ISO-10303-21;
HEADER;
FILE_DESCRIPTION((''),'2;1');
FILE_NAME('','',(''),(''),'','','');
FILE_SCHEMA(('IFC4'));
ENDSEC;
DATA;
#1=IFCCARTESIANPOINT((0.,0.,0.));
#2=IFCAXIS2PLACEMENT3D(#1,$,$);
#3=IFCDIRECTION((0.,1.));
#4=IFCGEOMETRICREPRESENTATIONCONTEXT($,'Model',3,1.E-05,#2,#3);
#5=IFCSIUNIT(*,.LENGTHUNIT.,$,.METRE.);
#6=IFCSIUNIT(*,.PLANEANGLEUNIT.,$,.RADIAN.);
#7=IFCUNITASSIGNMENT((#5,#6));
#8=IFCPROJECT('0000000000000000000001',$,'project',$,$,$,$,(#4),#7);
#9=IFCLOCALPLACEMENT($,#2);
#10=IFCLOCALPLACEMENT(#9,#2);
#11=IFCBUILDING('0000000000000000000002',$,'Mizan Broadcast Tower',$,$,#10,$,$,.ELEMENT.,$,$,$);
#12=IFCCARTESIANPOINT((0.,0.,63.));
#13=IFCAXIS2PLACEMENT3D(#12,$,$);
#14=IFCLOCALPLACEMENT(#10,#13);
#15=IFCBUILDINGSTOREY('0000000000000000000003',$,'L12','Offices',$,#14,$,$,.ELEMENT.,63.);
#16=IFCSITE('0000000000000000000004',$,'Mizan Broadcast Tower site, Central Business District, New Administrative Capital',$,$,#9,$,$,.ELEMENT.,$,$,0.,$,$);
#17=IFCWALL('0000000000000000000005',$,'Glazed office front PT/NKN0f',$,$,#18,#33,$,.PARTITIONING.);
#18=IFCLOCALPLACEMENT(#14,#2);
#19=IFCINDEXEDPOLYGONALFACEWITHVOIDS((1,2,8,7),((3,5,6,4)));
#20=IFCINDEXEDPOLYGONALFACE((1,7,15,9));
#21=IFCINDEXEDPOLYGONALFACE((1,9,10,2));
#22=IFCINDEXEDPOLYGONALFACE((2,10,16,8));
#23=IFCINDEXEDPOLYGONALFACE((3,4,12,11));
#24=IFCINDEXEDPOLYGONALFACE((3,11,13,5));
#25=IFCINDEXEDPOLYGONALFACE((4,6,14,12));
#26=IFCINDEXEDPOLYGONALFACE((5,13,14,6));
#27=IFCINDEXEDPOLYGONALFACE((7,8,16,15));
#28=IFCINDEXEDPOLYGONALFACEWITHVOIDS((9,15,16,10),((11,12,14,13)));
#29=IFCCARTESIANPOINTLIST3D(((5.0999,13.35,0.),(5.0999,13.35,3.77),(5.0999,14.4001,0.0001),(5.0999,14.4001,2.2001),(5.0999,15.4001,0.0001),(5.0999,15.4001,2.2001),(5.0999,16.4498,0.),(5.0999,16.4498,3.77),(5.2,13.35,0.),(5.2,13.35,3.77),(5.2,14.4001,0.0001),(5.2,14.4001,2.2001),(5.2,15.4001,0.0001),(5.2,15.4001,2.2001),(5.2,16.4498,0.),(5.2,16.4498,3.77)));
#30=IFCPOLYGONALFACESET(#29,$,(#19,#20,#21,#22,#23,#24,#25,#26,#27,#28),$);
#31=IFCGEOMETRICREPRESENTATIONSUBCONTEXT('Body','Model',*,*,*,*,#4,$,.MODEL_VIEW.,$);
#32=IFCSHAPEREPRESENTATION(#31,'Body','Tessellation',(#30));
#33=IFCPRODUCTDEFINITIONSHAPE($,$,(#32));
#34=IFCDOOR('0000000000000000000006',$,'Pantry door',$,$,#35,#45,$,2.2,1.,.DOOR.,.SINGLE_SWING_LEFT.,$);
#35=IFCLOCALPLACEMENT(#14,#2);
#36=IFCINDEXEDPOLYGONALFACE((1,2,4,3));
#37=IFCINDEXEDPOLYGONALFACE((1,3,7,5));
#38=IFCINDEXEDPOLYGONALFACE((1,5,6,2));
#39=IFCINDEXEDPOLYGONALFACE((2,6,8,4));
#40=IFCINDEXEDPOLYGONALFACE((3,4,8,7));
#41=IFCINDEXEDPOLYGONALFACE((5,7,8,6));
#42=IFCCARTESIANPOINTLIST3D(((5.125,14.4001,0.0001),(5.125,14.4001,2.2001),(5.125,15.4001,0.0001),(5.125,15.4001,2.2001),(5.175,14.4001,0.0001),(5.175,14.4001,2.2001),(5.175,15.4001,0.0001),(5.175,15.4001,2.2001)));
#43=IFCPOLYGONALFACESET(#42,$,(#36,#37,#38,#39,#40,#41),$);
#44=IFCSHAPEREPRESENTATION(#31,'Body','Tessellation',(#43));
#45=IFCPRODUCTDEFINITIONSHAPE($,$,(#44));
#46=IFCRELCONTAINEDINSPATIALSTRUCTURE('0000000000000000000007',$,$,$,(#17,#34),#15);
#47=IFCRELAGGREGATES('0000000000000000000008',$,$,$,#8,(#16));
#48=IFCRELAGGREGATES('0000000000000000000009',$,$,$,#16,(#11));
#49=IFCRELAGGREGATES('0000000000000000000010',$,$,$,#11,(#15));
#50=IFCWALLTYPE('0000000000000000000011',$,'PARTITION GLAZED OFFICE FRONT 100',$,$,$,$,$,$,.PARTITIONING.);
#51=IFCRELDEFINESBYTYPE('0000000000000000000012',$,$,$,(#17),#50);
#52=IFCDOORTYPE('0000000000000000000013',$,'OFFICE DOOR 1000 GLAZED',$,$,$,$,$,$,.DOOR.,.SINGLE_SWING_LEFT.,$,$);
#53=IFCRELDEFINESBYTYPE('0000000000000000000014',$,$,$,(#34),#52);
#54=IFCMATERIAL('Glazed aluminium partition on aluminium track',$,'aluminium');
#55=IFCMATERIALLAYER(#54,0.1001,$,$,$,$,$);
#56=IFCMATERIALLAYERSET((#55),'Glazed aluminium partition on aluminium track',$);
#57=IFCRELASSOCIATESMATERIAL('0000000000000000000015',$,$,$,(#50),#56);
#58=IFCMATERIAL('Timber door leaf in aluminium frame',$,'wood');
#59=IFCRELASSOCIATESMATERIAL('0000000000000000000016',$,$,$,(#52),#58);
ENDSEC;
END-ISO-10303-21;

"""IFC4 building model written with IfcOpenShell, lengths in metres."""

from ifc_helpers import new_model, si_unit, direction, frame, frame_2d, origin, place, context, subcontext, project, spatial, rectangle, extrude, material, layer, layer_set, type_object, element, fill, save


model = new_model("IFC4")

# Units and contexts
model_context = context("Model", 3, precision=1e-05, world=origin(), true_north=direction((0.0, 1.0)))
body_context = subcontext(model_context, "Body", "Model", "MODEL_VIEW")
ifc_project = project(units=[si_unit("LENGTHUNIT", "METRE"), si_unit("PLANEANGLEUNIT", "RADIAN")], contexts=[model_context])

# Site, building, storey
site_placement = place(None, origin())
site = spatial("IfcSite", under=ifc_project, at=site_placement, Name="Mizan Broadcast Tower site, Central Business District, New Administrative Capital", CompositionType="ELEMENT", RefElevation=0.0)
building_placement = place(site_placement, origin())
building = spatial("IfcBuilding", under=site, at=building_placement, Name="Mizan Broadcast Tower", CompositionType="ELEMENT")
storey_placement = place(building_placement, frame((0.0, 0.0, 63.0)))
storey = spatial("IfcBuildingStorey", under=building, at=storey_placement, Name="L12", Description="Offices", CompositionType="ELEMENT", Elevation=63.0)

# Shared definitions
ifc_material_1 = material(Name="Glazed aluminium partition on aluminium track", Category="aluminium")
ifc_layer_1 = layer(ifc_material_1, 0.1001)
ifc_layer_set_1 = layer_set([ifc_layer_1], Name="Glazed aluminium partition on aluminium track")
wall_type_1 = type_object("IfcWallType", Name="PARTITION GLAZED OFFICE FRONT 100", PredefinedType="PARTITIONING", material=ifc_layer_set_1)

# Wall, opening, door
wall_1_placement = place(storey_placement, frame((5.1499, 13.3501, 0.0), z_axis=(0.0, 0.0, 1.0), x_axis=(0.0, 1.0, 0.0)))
wall_1 = element("IfcWall", 1, at=wall_1_placement, inside=storey, type_object=wall_type_1, Name="Glazed office front PT/NKN0f", PredefinedType="PARTITIONING", context=body_context, shape_type="SweptSolid", body=[
    extrude(rectangle(XDim=3.0999, YDim=0.1001, at=frame_2d((1.5498, 0.0))), origin(), (0.0, 0.0, 1.0), 3.77),
])
opening_placement = place(wall_1_placement, frame((1.05, 0.0, 0.0)))
opening = element("IfcOpeningElement", 2, at=opening_placement, cuts=wall_1, PredefinedType="OPENING", context=body_context, shape_type="SweptSolid", body=[
    extrude(rectangle(XDim=1.0, YDim=2.2, at=frame_2d((0.5, 1.1001))), frame((0.0, 0.0601, 0.0), z_axis=(0.0, -1.0, 0.0), x_axis=(1.0, 0.0, 0.0)), (0.0, 0.0, 1.0), 0.1201),
])
ifc_material_2 = material(Name="Timber door leaf in aluminium frame", Category="wood")
door_type = type_object("IfcDoorType", Name="OFFICE DOOR 1000 GLAZED", OperationType="SINGLE_SWING_LEFT", PredefinedType="DOOR", material=ifc_material_2)
door_placement = place(opening_placement, origin())
door = element("IfcDoor", 3, at=door_placement, inside=storey, type_object=door_type, Name="Pantry door", OperationType="SINGLE_SWING_LEFT", OverallHeight=2.2, OverallWidth=1.0, PredefinedType="DOOR", context=body_context, shape_type="SweptSolid", body=[
    extrude(rectangle(XDim=1.0, YDim=2.2, at=frame_2d((0.5, 1.1001))), frame((0.0, 0.0249, 0.0), z_axis=(0.0, -1.0, 0.0), x_axis=(1.0, 0.0, 0.0)), (0.0, 0.0, 1.0), 0.05),
])
fill(opening, door)

save(model, "model.ifc")
